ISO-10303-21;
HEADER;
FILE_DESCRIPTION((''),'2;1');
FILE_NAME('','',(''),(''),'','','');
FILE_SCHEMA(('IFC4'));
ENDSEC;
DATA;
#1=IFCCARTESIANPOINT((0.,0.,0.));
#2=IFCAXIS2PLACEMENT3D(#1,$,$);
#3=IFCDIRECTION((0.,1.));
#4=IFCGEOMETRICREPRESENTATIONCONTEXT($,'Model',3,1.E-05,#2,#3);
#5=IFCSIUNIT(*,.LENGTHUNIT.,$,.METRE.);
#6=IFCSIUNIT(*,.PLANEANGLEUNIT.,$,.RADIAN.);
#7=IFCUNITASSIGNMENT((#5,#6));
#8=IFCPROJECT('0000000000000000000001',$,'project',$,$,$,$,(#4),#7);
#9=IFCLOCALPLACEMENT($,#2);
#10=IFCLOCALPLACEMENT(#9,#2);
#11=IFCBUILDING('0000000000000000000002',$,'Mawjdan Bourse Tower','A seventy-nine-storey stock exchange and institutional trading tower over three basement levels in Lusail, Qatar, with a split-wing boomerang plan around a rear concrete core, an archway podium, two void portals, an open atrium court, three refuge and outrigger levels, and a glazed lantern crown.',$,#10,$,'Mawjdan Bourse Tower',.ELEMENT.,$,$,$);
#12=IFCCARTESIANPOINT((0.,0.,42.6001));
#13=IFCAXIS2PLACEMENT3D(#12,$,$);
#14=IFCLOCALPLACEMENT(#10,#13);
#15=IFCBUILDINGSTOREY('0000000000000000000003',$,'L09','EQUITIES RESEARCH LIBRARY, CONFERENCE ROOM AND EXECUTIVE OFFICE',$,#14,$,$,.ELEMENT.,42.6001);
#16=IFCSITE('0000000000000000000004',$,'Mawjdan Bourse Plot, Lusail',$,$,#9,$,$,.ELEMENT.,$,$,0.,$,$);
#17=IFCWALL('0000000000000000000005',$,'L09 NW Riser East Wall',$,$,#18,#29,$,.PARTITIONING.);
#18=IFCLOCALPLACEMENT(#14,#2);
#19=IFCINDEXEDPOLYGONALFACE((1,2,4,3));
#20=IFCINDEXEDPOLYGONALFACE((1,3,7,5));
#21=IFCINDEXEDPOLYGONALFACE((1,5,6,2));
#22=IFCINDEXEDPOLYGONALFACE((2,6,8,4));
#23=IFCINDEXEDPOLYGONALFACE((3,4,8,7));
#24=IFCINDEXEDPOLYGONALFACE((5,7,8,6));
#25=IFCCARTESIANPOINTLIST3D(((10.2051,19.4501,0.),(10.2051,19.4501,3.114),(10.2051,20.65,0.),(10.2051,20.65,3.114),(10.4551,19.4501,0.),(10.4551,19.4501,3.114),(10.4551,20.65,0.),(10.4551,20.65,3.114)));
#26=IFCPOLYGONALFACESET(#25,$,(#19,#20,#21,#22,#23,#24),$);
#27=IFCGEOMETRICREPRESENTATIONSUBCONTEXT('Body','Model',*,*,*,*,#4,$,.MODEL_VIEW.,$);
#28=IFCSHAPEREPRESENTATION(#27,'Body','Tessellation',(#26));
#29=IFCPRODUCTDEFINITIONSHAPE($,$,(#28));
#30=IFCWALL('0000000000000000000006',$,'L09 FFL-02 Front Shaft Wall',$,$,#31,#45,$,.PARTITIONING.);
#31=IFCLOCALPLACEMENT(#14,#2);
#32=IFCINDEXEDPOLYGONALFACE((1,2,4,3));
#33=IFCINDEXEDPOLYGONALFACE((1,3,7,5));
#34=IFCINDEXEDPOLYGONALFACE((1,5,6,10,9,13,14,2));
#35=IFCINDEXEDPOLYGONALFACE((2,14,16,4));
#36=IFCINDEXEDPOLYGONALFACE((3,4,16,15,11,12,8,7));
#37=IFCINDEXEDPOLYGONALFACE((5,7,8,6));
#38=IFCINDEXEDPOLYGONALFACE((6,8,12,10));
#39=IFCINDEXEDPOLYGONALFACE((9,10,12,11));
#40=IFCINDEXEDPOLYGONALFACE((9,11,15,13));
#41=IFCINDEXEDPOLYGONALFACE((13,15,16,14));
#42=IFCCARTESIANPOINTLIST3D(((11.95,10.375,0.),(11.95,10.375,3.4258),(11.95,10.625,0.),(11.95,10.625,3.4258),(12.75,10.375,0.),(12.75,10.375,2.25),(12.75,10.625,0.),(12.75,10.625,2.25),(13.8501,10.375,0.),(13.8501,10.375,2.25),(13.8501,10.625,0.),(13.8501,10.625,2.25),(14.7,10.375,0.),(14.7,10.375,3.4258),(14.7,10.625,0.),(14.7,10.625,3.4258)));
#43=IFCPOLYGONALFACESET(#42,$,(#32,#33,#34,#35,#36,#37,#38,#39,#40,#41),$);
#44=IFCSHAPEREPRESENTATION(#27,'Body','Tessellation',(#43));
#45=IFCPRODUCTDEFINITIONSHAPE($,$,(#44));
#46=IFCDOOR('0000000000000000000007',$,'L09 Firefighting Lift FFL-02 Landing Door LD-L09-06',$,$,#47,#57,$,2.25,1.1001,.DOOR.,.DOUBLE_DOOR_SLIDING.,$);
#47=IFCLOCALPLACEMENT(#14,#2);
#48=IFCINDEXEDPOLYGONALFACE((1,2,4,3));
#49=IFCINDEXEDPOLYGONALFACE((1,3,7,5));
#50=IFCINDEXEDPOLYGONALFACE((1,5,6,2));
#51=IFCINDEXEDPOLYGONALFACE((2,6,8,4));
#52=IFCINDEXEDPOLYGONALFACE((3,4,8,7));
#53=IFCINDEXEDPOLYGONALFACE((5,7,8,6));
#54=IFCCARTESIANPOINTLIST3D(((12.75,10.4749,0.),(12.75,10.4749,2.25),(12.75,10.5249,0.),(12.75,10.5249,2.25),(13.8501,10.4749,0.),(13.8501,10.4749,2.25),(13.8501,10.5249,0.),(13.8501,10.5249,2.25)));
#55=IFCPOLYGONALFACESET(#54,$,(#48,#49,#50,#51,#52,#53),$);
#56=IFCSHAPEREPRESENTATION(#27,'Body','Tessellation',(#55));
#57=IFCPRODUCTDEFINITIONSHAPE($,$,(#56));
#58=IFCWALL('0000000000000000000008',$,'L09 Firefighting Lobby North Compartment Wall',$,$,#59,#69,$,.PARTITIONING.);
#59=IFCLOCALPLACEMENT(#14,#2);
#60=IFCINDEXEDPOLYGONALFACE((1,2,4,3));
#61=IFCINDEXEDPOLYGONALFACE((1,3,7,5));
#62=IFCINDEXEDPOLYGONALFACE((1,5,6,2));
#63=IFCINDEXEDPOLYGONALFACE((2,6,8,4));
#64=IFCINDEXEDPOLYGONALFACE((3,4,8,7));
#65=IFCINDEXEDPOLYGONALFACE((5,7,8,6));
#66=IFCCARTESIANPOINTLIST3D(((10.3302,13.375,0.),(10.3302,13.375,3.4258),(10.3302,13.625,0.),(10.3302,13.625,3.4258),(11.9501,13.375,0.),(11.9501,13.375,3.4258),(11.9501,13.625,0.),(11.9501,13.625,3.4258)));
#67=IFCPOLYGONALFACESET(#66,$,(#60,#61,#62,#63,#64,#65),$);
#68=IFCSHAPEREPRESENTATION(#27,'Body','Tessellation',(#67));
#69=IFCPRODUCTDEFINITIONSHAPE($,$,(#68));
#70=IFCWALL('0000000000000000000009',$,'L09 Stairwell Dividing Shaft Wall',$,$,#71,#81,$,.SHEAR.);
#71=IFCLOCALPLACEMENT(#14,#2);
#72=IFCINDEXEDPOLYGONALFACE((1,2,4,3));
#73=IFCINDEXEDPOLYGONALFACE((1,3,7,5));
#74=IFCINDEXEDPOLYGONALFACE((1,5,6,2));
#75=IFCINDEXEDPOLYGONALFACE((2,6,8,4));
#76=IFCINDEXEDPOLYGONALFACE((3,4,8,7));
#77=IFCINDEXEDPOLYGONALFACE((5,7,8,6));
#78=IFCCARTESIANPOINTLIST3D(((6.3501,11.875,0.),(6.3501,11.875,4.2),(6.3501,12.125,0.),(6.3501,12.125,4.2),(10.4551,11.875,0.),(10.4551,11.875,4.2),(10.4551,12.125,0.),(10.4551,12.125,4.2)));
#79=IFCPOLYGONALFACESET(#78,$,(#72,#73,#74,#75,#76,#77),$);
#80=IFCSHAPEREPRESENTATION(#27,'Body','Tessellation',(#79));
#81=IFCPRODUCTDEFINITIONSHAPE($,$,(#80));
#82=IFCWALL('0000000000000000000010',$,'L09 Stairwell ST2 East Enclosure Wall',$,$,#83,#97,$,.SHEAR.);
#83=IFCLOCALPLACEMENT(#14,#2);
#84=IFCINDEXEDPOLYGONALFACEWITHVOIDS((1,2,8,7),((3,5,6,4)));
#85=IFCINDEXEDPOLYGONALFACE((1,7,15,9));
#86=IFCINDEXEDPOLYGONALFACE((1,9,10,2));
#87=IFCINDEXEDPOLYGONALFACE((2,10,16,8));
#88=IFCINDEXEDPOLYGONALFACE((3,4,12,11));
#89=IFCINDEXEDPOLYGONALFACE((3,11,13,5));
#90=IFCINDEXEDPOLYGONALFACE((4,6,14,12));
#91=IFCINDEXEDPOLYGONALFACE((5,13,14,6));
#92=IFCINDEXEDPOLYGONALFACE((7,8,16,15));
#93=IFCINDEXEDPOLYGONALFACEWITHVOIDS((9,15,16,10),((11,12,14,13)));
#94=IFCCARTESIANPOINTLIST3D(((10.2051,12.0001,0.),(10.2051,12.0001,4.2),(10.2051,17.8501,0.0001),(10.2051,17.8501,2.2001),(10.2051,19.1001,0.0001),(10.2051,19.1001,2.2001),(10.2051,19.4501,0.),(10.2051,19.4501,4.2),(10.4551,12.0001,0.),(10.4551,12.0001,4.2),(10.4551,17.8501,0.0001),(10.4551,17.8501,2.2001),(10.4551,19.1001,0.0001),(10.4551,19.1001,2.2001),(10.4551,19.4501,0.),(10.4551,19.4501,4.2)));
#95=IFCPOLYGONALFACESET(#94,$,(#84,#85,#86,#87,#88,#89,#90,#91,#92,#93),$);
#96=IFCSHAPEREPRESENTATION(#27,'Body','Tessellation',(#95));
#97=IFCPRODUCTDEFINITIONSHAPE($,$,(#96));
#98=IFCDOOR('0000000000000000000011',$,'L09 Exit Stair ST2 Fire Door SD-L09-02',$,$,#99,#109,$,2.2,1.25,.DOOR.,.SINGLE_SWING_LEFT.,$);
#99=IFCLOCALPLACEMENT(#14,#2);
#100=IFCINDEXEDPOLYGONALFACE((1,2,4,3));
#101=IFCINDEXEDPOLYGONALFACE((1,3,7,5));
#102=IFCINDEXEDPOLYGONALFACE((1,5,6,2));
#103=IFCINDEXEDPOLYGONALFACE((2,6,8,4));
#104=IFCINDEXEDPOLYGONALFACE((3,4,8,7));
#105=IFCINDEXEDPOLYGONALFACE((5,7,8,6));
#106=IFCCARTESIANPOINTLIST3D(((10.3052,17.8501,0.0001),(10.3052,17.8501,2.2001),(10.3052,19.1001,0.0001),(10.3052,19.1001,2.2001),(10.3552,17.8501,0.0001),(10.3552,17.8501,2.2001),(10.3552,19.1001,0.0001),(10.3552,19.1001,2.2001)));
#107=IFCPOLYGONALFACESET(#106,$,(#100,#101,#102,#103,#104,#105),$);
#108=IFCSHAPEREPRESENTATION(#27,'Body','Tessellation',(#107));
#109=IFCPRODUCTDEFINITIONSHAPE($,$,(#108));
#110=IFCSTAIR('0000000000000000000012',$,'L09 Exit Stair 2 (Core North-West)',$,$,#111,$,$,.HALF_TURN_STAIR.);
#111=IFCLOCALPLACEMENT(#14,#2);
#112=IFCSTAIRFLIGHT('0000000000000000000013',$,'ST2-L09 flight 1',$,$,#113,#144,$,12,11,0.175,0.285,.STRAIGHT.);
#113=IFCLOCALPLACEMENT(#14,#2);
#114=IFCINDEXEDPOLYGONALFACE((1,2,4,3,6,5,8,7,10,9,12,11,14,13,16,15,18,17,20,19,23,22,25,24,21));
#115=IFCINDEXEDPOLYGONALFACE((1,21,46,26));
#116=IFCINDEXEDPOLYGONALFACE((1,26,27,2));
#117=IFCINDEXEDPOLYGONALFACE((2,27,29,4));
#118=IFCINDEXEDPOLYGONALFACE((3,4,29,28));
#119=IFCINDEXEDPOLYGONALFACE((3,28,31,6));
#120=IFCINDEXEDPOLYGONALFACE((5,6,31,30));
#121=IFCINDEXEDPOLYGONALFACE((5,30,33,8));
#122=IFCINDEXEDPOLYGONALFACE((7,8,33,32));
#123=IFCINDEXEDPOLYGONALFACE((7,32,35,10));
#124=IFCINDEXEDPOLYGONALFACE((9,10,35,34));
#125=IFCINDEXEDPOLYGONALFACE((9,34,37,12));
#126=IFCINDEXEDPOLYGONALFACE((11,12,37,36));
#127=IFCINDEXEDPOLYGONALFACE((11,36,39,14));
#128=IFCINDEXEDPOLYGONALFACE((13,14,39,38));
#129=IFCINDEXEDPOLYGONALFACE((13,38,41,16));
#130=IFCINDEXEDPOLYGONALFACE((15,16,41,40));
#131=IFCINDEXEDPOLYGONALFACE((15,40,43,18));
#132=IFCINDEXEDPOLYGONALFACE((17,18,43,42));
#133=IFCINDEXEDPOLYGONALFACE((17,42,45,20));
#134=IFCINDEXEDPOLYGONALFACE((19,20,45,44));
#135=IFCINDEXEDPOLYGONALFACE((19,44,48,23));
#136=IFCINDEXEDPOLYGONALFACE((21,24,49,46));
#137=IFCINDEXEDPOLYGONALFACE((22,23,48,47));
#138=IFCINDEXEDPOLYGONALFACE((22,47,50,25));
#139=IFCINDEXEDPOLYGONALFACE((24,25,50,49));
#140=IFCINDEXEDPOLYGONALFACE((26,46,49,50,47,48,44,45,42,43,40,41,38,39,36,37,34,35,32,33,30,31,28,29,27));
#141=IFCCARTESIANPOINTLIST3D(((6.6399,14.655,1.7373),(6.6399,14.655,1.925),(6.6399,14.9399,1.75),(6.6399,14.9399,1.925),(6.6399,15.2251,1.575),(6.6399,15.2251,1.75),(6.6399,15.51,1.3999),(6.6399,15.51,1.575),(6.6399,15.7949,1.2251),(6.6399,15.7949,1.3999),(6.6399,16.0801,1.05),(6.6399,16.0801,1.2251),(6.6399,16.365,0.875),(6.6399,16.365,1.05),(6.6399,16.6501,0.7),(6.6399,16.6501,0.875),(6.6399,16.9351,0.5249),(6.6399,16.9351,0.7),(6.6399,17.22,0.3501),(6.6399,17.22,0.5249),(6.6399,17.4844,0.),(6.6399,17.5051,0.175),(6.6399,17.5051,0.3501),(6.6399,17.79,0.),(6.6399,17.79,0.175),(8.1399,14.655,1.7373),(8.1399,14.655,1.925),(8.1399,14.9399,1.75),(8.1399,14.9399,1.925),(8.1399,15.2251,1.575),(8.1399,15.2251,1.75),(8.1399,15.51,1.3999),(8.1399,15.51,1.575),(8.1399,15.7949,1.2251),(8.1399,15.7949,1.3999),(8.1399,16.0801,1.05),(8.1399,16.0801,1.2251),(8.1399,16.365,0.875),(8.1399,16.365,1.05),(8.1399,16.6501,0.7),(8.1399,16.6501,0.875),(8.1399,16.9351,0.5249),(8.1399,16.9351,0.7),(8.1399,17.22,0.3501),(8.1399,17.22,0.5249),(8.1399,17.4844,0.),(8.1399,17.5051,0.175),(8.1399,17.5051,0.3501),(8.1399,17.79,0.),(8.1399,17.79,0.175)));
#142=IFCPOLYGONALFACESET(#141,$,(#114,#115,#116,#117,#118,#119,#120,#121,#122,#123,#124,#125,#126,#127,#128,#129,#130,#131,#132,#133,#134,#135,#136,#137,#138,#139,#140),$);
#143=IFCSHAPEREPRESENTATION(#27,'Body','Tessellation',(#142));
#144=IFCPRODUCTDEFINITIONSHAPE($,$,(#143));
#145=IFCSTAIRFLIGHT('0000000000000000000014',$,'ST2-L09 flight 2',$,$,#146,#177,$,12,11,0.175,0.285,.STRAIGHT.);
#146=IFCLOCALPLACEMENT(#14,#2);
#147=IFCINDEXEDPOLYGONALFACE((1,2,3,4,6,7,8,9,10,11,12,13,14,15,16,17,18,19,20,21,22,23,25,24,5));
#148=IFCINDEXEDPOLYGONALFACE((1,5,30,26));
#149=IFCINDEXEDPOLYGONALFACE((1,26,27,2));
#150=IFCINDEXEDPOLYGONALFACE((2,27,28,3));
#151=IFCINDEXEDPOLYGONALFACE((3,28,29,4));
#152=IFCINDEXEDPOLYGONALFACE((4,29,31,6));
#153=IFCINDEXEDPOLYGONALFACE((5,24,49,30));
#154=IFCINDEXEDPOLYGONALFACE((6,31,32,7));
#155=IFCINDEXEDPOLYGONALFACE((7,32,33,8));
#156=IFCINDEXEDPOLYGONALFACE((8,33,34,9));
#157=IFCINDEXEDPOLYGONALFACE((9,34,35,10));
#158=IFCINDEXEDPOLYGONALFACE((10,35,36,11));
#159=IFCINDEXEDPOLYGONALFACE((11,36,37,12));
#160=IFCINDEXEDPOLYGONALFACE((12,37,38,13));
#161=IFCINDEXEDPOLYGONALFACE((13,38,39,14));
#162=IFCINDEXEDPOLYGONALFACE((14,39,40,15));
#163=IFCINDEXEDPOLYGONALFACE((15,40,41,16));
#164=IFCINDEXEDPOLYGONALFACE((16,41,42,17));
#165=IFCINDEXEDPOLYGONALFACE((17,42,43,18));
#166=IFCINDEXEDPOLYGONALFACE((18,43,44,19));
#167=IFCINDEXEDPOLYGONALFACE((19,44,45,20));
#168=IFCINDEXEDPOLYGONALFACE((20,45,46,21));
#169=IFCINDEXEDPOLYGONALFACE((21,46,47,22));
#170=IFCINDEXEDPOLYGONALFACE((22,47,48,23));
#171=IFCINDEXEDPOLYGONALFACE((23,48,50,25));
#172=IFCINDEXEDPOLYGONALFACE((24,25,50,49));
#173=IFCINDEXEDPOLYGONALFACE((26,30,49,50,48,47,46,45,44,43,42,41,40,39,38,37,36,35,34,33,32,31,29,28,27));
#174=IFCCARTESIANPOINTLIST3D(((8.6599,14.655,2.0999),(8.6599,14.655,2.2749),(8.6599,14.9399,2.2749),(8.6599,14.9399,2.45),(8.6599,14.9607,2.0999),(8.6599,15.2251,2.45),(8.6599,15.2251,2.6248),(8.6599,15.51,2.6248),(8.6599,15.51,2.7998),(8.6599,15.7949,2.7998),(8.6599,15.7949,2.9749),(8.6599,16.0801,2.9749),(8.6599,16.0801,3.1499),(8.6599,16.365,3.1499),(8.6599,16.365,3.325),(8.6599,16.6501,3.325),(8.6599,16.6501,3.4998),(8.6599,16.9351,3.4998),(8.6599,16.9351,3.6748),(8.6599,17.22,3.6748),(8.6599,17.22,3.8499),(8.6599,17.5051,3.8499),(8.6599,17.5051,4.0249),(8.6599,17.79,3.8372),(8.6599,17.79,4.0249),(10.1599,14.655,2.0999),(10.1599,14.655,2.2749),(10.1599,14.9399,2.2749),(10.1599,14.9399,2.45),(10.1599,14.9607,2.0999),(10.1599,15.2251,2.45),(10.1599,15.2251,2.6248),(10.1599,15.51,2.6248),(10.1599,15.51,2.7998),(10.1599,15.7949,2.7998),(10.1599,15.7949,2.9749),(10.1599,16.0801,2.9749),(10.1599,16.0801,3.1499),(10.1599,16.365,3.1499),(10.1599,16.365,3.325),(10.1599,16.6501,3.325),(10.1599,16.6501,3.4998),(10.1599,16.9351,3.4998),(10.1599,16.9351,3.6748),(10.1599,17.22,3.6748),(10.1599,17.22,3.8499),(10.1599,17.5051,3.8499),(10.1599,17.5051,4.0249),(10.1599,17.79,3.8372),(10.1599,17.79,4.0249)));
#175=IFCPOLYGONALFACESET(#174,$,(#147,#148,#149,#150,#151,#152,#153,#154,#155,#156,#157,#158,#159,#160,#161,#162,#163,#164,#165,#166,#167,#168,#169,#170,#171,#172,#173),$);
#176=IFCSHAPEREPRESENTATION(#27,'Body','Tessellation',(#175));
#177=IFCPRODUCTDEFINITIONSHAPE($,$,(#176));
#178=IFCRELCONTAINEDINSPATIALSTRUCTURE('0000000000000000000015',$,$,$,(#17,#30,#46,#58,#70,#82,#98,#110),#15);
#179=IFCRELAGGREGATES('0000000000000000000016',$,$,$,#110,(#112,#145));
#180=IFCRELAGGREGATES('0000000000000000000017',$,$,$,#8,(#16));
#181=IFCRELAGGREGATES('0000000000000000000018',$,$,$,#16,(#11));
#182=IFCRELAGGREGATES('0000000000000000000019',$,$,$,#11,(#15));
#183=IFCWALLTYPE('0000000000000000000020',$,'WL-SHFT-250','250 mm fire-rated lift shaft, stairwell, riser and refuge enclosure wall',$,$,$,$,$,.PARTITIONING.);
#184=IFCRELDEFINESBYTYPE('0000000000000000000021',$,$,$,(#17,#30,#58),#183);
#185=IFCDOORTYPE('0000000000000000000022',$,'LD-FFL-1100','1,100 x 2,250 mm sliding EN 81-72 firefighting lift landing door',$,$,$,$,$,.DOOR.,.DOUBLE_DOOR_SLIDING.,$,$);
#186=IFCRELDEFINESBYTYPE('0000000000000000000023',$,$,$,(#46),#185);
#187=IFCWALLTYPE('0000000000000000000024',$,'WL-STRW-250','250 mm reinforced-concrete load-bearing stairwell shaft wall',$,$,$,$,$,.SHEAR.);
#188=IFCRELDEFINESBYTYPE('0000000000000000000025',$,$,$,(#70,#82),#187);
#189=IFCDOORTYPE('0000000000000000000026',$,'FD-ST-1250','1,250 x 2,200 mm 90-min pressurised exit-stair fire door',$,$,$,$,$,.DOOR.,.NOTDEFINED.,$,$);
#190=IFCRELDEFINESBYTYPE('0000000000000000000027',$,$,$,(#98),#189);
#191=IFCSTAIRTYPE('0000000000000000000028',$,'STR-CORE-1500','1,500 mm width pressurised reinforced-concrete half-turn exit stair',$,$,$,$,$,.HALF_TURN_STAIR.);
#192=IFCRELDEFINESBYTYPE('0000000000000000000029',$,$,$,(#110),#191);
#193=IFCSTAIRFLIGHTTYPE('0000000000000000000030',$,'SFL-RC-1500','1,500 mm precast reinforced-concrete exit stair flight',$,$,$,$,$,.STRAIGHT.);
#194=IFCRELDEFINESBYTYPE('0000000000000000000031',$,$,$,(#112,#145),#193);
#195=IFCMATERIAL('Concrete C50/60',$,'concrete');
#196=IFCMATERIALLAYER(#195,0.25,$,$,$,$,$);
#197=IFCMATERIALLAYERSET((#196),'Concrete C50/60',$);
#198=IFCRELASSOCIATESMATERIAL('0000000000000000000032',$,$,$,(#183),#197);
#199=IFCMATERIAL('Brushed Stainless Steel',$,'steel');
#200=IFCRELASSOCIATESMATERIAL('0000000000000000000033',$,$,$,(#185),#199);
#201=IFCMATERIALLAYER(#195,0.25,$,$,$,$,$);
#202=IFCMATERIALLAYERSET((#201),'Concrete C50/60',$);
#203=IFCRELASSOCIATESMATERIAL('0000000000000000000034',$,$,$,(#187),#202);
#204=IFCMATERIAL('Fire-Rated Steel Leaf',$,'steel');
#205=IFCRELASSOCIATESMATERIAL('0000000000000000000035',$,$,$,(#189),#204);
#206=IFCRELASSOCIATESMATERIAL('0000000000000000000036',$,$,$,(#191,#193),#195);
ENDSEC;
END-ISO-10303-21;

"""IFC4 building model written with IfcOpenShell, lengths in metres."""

from ifc_helpers import new_model, si_unit, direction, frame, frame_2d, origin, place, context, subcontext, project, spatial, polyline, rectangle, outline, extrude, material, layer, layer_set, type_object, element, fill, aggregate, save


model = new_model("IFC4")

# Units and contexts
model_context = context("Model", 3, precision=1e-05, world=origin(), true_north=direction((0.0, 1.0)))
body_context = subcontext(model_context, "Body", "Model", "MODEL_VIEW")
ifc_project = project(units=[si_unit("LENGTHUNIT", "METRE"), si_unit("PLANEANGLEUNIT", "RADIAN")], contexts=[model_context])

# Site, building, storey
site_placement = place(None, origin())
site = spatial("IfcSite", under=ifc_project, at=site_placement, Name="Mawjdan Bourse Plot, Lusail", CompositionType="ELEMENT", RefElevation=0.0)
building_placement = place(site_placement, origin())
building = spatial("IfcBuilding", under=site, at=building_placement, Name="Mawjdan Bourse Tower", Description="A seventy-nine-storey stock exchange and institutional trading tower over three basement levels in Lusail, Qatar, with a split-wing boomerang plan around a rear concrete core, an archway podium, two void portals, an open atrium court, three refuge and outrigger levels, and a glazed lantern crown.", LongName="Mawjdan Bourse Tower", CompositionType="ELEMENT")
storey_placement = place(building_placement, frame((0.0, 0.0, 42.6001)))
storey = spatial("IfcBuildingStorey", under=building, at=storey_placement, Name="L09", Description="EQUITIES RESEARCH LIBRARY, CONFERENCE ROOM AND EXECUTIVE OFFICE", CompositionType="ELEMENT", Elevation=42.6001)

# Wall
ifc_material_1 = material(Name="Concrete C50/60", Category="concrete")
ifc_layer_1 = layer(ifc_material_1, 0.25)
ifc_layer_set_1 = layer_set([ifc_layer_1], Name="Concrete C50/60")
wall_type_1 = type_object("IfcWallType", Name="WL-SHFT-250", Description="250 mm fire-rated lift shaft, stairwell, riser and refuge enclosure wall", PredefinedType="PARTITIONING", material=ifc_layer_set_1)
wall_1_placement = place(storey_placement, frame((10.3301, 19.45, 0.0), z_axis=(0.0, 0.0, 1.0), x_axis=(0.0, 1.0, 0.0)))
element("IfcWall", 1, at=wall_1_placement, inside=storey, type_object=wall_type_1, Name="L09 NW Riser East Wall", PredefinedType="PARTITIONING", context=body_context, shape_type="SweptSolid", body=[
    extrude(rectangle(XDim=1.2, YDim=0.25, at=frame_2d((0.6001, 0.0))), origin(), (0.0, 0.0, 1.0), 3.114),
])

# Wall, opening, door
wall_2_placement = place(storey_placement, frame((11.95, 10.5, 0.0), z_axis=(0.0, 0.0, 1.0), x_axis=(1.0, 0.0, 0.0)))
wall_2 = element("IfcWall", 2, at=wall_2_placement, inside=storey, type_object=wall_type_1, Name="L09 FFL-02 Front Shaft Wall", PredefinedType="PARTITIONING", context=body_context, shape_type="SweptSolid", body=[
    extrude(rectangle(XDim=2.75, YDim=0.25, at=frame_2d((1.375, 0.0))), origin(), (0.0, 0.0, 1.0), 3.4258),
])
opening_1_placement = place(wall_2_placement, frame((0.8, 0.0, 0.0)))
opening_1 = element("IfcOpeningElement", 3, at=opening_1_placement, cuts=wall_2, PredefinedType="OPENING", context=body_context, shape_type="SweptSolid", body=[
    extrude(rectangle(XDim=1.1001, YDim=2.25, at=frame_2d((0.55, 1.125))), frame((0.0, 0.135, 0.0), z_axis=(0.0, -1.0, 0.0), x_axis=(1.0, 0.0, 0.0)), (0.0, 0.0, 1.0), 0.27),
])
ifc_material_2 = material(Name="Brushed Stainless Steel", Category="steel")
door_type_1 = type_object("IfcDoorType", Name="LD-FFL-1100", Description="1,100 x 2,250 mm sliding EN 81-72 firefighting lift landing door", OperationType="DOUBLE_DOOR_SLIDING", PredefinedType="DOOR", material=ifc_material_2)
door_1_placement = place(opening_1_placement, origin())
door_1 = element("IfcDoor", 4, at=door_1_placement, inside=storey, type_object=door_type_1, Name="L09 Firefighting Lift FFL-02 Landing Door LD-L09-06", OperationType="DOUBLE_DOOR_SLIDING", OverallHeight=2.25, OverallWidth=1.1001, PredefinedType="DOOR", context=body_context, shape_type="SweptSolid", body=[
    extrude(rectangle(XDim=1.1001, YDim=2.25, at=frame_2d((0.55, 1.125))), frame((0.0, 0.0249, 0.0), z_axis=(0.0, -1.0, 0.0), x_axis=(1.0, 0.0, 0.0)), (0.0, 0.0, 1.0), 0.05),
])
fill(opening_1, door_1)

# Walls
wall_3_placement = place(storey_placement, frame((10.3301, 13.5, 0.0), z_axis=(0.0, 0.0, 1.0), x_axis=(1.0, 0.0, 0.0)))
element("IfcWall", 5, at=wall_3_placement, inside=storey, type_object=wall_type_1, Name="L09 Firefighting Lobby North Compartment Wall", PredefinedType="PARTITIONING", context=body_context, shape_type="SweptSolid", body=[
    extrude(rectangle(XDim=1.6199, YDim=0.25, at=frame_2d((0.8101, 0.0))), origin(), (0.0, 0.0, 1.0), 3.4258),
])
ifc_layer_2 = layer(ifc_material_1, 0.25)
ifc_layer_set_2 = layer_set([ifc_layer_2], Name="Concrete C50/60")
wall_type_2 = type_object("IfcWallType", Name="WL-STRW-250", Description="250 mm reinforced-concrete load-bearing stairwell shaft wall", PredefinedType="SHEAR", material=ifc_layer_set_2)
wall_4_placement = place(storey_placement, frame((6.3501, 12.0, 0.0), z_axis=(0.0, 0.0, 1.0), x_axis=(1.0, 0.0, 0.0)))
element("IfcWall", 6, at=wall_4_placement, inside=storey, type_object=wall_type_2, Name="L09 Stairwell Dividing Shaft Wall", PredefinedType="SHEAR", context=body_context, shape_type="SweptSolid", body=[
    extrude(rectangle(XDim=4.105, YDim=0.25, at=frame_2d((2.0525, 0.0))), origin(), (0.0, 0.0, 1.0), 4.2),
])

# Wall, opening, door
wall_5_placement = place(storey_placement, frame((10.3301, 12.0, 0.0), z_axis=(0.0, 0.0, 1.0), x_axis=(0.0, 1.0, 0.0)))
wall_5 = element("IfcWall", 7, at=wall_5_placement, inside=storey, type_object=wall_type_2, Name="L09 Stairwell ST2 East Enclosure Wall", PredefinedType="SHEAR", context=body_context, shape_type="SweptSolid", body=[
    extrude(rectangle(XDim=7.45, YDim=0.25, at=frame_2d((3.7251, 0.0))), origin(), (0.0, 0.0, 1.0), 4.2),
])
opening_2_placement = place(wall_5_placement, frame((5.8501, 0.0, 0.0)))
opening_2 = element("IfcOpeningElement", 8, at=opening_2_placement, cuts=wall_5, PredefinedType="OPENING", context=body_context, shape_type="SweptSolid", body=[
    extrude(rectangle(XDim=1.25, YDim=2.2, at=frame_2d((0.625, 1.1001))), frame((0.0, 0.135, 0.0), z_axis=(0.0, -1.0, 0.0), x_axis=(1.0, 0.0, 0.0)), (0.0, 0.0, 1.0), 0.27),
])
ifc_material_3 = material(Name="Fire-Rated Steel Leaf", Category="steel")
door_type_2 = type_object("IfcDoorType", Name="FD-ST-1250", Description="1,250 x 2,200 mm 90-min pressurised exit-stair fire door", OperationType="NOTDEFINED", PredefinedType="DOOR", material=ifc_material_3)
door_2_placement = place(opening_2_placement, origin())
door_2 = element("IfcDoor", 9, at=door_2_placement, inside=storey, type_object=door_type_2, Name="L09 Exit Stair ST2 Fire Door SD-L09-02", OperationType="SINGLE_SWING_LEFT", OverallHeight=2.2, OverallWidth=1.25, PredefinedType="DOOR", context=body_context, shape_type="SweptSolid", body=[
    extrude(rectangle(XDim=1.25, YDim=2.2, at=frame_2d((0.625, 1.1001))), frame((0.0, 0.0249, 0.0), z_axis=(0.0, -1.0, 0.0), x_axis=(1.0, 0.0, 0.0)), (0.0, 0.0, 1.0), 0.05),
])
fill(opening_2, door_2)

# Stair, stair flights
stair_type = type_object("IfcStairType", Name="STR-CORE-1500", Description="1,500 mm width pressurised reinforced-concrete half-turn exit stair", PredefinedType="HALF_TURN_STAIR", material=ifc_material_1)
stair_placement = place(storey_placement, origin())
stair = element("IfcStair", 10, at=stair_placement, inside=storey, type_object=stair_type, Name="L09 Exit Stair 2 (Core North-West)", PredefinedType="HALF_TURN_STAIR")
stair_flight_type = type_object("IfcStairFlightType", Name="SFL-RC-1500", Description="1,500 mm precast reinforced-concrete exit stair flight", PredefinedType="STRAIGHT", material=ifc_material_1)
stair_flight_1_placement = place(storey_placement, frame((7.3899, 17.79, 0.0), z_axis=(0.0, 0.0, 1.0), x_axis=(0.0, -1.0, 0.0)))
stair_flight_1 = element("IfcStairFlight", 11, at=stair_flight_1_placement, type_object=stair_flight_type, Name="ST2-L09 flight 1", NumberOfRisers=12, NumberOfTreads=11, PredefinedType="STRAIGHT", RiserHeight=0.175, TreadLength=0.285, context=body_context, shape_type="SweptSolid", body=[
    extrude(outline(polyline([(0.0, 0.0), (0.0, 0.175), (0.2849, 0.175), (0.2849, 0.3501), (0.5701, 0.3501), (0.5701, 0.5249), (0.855, 0.5249), (0.855, 0.7), (1.1399, 0.7), (1.1399, 0.875), (1.425, 0.875), (1.425, 1.05), (1.71, 1.05), (1.71, 1.2251), (1.9951, 1.2251), (1.9951, 1.3999), (2.28, 1.3999), (2.28, 1.575), (2.5649, 1.575), (2.5649, 1.75), (2.8501, 1.75), (2.8501, 1.925), (3.135, 1.925), (3.135, 2.1001), (3.135, 1.7373), (0.3057, 0.0), (0.0, 0.0)])), frame((0.0, 0.75, 0.0), z_axis=(0.0, -1.0, 0.0), x_axis=(1.0, 0.0, 0.0)), (0.0, 0.0, 1.0), 1.5),
])
stair_flight_2_placement = place(storey_placement, frame((9.4099, 14.655, 2.0999), z_axis=(0.0, 0.0, 1.0), x_axis=(0.0, 1.0, 0.0)))
stair_flight_2 = element("IfcStairFlight", 12, at=stair_flight_2_placement, type_object=stair_flight_type, Name="ST2-L09 flight 2", NumberOfRisers=12, NumberOfTreads=11, PredefinedType="STRAIGHT", RiserHeight=0.175, TreadLength=0.285, context=body_context, shape_type="SweptSolid", body=[
    extrude(outline(polyline([(0.0, 0.0), (0.0, 0.175), (0.2849, 0.175), (0.2849, 0.3501), (0.5701, 0.3501), (0.5701, 0.5249), (0.855, 0.5249), (0.855, 0.7), (1.1399, 0.7), (1.1399, 0.875), (1.425, 0.875), (1.425, 1.05), (1.71, 1.05), (1.71, 1.2251), (1.9951, 1.2251), (1.9951, 1.3999), (2.28, 1.3999), (2.28, 1.575), (2.5649, 1.575), (2.5649, 1.75), (2.8501, 1.75), (2.8501, 1.925), (3.135, 1.925), (3.135, 2.1001), (3.135, 1.7373), (0.3057, 0.0), (0.0, 0.0)])), frame((0.0, 0.75, 0.0), z_axis=(0.0, -1.0, 0.0), x_axis=(1.0, 0.0, 0.0)), (0.0, 0.0, 1.0), 1.5),
])
aggregate(stair, [stair_flight_1, stair_flight_2])

save(model, "model.ifc")
